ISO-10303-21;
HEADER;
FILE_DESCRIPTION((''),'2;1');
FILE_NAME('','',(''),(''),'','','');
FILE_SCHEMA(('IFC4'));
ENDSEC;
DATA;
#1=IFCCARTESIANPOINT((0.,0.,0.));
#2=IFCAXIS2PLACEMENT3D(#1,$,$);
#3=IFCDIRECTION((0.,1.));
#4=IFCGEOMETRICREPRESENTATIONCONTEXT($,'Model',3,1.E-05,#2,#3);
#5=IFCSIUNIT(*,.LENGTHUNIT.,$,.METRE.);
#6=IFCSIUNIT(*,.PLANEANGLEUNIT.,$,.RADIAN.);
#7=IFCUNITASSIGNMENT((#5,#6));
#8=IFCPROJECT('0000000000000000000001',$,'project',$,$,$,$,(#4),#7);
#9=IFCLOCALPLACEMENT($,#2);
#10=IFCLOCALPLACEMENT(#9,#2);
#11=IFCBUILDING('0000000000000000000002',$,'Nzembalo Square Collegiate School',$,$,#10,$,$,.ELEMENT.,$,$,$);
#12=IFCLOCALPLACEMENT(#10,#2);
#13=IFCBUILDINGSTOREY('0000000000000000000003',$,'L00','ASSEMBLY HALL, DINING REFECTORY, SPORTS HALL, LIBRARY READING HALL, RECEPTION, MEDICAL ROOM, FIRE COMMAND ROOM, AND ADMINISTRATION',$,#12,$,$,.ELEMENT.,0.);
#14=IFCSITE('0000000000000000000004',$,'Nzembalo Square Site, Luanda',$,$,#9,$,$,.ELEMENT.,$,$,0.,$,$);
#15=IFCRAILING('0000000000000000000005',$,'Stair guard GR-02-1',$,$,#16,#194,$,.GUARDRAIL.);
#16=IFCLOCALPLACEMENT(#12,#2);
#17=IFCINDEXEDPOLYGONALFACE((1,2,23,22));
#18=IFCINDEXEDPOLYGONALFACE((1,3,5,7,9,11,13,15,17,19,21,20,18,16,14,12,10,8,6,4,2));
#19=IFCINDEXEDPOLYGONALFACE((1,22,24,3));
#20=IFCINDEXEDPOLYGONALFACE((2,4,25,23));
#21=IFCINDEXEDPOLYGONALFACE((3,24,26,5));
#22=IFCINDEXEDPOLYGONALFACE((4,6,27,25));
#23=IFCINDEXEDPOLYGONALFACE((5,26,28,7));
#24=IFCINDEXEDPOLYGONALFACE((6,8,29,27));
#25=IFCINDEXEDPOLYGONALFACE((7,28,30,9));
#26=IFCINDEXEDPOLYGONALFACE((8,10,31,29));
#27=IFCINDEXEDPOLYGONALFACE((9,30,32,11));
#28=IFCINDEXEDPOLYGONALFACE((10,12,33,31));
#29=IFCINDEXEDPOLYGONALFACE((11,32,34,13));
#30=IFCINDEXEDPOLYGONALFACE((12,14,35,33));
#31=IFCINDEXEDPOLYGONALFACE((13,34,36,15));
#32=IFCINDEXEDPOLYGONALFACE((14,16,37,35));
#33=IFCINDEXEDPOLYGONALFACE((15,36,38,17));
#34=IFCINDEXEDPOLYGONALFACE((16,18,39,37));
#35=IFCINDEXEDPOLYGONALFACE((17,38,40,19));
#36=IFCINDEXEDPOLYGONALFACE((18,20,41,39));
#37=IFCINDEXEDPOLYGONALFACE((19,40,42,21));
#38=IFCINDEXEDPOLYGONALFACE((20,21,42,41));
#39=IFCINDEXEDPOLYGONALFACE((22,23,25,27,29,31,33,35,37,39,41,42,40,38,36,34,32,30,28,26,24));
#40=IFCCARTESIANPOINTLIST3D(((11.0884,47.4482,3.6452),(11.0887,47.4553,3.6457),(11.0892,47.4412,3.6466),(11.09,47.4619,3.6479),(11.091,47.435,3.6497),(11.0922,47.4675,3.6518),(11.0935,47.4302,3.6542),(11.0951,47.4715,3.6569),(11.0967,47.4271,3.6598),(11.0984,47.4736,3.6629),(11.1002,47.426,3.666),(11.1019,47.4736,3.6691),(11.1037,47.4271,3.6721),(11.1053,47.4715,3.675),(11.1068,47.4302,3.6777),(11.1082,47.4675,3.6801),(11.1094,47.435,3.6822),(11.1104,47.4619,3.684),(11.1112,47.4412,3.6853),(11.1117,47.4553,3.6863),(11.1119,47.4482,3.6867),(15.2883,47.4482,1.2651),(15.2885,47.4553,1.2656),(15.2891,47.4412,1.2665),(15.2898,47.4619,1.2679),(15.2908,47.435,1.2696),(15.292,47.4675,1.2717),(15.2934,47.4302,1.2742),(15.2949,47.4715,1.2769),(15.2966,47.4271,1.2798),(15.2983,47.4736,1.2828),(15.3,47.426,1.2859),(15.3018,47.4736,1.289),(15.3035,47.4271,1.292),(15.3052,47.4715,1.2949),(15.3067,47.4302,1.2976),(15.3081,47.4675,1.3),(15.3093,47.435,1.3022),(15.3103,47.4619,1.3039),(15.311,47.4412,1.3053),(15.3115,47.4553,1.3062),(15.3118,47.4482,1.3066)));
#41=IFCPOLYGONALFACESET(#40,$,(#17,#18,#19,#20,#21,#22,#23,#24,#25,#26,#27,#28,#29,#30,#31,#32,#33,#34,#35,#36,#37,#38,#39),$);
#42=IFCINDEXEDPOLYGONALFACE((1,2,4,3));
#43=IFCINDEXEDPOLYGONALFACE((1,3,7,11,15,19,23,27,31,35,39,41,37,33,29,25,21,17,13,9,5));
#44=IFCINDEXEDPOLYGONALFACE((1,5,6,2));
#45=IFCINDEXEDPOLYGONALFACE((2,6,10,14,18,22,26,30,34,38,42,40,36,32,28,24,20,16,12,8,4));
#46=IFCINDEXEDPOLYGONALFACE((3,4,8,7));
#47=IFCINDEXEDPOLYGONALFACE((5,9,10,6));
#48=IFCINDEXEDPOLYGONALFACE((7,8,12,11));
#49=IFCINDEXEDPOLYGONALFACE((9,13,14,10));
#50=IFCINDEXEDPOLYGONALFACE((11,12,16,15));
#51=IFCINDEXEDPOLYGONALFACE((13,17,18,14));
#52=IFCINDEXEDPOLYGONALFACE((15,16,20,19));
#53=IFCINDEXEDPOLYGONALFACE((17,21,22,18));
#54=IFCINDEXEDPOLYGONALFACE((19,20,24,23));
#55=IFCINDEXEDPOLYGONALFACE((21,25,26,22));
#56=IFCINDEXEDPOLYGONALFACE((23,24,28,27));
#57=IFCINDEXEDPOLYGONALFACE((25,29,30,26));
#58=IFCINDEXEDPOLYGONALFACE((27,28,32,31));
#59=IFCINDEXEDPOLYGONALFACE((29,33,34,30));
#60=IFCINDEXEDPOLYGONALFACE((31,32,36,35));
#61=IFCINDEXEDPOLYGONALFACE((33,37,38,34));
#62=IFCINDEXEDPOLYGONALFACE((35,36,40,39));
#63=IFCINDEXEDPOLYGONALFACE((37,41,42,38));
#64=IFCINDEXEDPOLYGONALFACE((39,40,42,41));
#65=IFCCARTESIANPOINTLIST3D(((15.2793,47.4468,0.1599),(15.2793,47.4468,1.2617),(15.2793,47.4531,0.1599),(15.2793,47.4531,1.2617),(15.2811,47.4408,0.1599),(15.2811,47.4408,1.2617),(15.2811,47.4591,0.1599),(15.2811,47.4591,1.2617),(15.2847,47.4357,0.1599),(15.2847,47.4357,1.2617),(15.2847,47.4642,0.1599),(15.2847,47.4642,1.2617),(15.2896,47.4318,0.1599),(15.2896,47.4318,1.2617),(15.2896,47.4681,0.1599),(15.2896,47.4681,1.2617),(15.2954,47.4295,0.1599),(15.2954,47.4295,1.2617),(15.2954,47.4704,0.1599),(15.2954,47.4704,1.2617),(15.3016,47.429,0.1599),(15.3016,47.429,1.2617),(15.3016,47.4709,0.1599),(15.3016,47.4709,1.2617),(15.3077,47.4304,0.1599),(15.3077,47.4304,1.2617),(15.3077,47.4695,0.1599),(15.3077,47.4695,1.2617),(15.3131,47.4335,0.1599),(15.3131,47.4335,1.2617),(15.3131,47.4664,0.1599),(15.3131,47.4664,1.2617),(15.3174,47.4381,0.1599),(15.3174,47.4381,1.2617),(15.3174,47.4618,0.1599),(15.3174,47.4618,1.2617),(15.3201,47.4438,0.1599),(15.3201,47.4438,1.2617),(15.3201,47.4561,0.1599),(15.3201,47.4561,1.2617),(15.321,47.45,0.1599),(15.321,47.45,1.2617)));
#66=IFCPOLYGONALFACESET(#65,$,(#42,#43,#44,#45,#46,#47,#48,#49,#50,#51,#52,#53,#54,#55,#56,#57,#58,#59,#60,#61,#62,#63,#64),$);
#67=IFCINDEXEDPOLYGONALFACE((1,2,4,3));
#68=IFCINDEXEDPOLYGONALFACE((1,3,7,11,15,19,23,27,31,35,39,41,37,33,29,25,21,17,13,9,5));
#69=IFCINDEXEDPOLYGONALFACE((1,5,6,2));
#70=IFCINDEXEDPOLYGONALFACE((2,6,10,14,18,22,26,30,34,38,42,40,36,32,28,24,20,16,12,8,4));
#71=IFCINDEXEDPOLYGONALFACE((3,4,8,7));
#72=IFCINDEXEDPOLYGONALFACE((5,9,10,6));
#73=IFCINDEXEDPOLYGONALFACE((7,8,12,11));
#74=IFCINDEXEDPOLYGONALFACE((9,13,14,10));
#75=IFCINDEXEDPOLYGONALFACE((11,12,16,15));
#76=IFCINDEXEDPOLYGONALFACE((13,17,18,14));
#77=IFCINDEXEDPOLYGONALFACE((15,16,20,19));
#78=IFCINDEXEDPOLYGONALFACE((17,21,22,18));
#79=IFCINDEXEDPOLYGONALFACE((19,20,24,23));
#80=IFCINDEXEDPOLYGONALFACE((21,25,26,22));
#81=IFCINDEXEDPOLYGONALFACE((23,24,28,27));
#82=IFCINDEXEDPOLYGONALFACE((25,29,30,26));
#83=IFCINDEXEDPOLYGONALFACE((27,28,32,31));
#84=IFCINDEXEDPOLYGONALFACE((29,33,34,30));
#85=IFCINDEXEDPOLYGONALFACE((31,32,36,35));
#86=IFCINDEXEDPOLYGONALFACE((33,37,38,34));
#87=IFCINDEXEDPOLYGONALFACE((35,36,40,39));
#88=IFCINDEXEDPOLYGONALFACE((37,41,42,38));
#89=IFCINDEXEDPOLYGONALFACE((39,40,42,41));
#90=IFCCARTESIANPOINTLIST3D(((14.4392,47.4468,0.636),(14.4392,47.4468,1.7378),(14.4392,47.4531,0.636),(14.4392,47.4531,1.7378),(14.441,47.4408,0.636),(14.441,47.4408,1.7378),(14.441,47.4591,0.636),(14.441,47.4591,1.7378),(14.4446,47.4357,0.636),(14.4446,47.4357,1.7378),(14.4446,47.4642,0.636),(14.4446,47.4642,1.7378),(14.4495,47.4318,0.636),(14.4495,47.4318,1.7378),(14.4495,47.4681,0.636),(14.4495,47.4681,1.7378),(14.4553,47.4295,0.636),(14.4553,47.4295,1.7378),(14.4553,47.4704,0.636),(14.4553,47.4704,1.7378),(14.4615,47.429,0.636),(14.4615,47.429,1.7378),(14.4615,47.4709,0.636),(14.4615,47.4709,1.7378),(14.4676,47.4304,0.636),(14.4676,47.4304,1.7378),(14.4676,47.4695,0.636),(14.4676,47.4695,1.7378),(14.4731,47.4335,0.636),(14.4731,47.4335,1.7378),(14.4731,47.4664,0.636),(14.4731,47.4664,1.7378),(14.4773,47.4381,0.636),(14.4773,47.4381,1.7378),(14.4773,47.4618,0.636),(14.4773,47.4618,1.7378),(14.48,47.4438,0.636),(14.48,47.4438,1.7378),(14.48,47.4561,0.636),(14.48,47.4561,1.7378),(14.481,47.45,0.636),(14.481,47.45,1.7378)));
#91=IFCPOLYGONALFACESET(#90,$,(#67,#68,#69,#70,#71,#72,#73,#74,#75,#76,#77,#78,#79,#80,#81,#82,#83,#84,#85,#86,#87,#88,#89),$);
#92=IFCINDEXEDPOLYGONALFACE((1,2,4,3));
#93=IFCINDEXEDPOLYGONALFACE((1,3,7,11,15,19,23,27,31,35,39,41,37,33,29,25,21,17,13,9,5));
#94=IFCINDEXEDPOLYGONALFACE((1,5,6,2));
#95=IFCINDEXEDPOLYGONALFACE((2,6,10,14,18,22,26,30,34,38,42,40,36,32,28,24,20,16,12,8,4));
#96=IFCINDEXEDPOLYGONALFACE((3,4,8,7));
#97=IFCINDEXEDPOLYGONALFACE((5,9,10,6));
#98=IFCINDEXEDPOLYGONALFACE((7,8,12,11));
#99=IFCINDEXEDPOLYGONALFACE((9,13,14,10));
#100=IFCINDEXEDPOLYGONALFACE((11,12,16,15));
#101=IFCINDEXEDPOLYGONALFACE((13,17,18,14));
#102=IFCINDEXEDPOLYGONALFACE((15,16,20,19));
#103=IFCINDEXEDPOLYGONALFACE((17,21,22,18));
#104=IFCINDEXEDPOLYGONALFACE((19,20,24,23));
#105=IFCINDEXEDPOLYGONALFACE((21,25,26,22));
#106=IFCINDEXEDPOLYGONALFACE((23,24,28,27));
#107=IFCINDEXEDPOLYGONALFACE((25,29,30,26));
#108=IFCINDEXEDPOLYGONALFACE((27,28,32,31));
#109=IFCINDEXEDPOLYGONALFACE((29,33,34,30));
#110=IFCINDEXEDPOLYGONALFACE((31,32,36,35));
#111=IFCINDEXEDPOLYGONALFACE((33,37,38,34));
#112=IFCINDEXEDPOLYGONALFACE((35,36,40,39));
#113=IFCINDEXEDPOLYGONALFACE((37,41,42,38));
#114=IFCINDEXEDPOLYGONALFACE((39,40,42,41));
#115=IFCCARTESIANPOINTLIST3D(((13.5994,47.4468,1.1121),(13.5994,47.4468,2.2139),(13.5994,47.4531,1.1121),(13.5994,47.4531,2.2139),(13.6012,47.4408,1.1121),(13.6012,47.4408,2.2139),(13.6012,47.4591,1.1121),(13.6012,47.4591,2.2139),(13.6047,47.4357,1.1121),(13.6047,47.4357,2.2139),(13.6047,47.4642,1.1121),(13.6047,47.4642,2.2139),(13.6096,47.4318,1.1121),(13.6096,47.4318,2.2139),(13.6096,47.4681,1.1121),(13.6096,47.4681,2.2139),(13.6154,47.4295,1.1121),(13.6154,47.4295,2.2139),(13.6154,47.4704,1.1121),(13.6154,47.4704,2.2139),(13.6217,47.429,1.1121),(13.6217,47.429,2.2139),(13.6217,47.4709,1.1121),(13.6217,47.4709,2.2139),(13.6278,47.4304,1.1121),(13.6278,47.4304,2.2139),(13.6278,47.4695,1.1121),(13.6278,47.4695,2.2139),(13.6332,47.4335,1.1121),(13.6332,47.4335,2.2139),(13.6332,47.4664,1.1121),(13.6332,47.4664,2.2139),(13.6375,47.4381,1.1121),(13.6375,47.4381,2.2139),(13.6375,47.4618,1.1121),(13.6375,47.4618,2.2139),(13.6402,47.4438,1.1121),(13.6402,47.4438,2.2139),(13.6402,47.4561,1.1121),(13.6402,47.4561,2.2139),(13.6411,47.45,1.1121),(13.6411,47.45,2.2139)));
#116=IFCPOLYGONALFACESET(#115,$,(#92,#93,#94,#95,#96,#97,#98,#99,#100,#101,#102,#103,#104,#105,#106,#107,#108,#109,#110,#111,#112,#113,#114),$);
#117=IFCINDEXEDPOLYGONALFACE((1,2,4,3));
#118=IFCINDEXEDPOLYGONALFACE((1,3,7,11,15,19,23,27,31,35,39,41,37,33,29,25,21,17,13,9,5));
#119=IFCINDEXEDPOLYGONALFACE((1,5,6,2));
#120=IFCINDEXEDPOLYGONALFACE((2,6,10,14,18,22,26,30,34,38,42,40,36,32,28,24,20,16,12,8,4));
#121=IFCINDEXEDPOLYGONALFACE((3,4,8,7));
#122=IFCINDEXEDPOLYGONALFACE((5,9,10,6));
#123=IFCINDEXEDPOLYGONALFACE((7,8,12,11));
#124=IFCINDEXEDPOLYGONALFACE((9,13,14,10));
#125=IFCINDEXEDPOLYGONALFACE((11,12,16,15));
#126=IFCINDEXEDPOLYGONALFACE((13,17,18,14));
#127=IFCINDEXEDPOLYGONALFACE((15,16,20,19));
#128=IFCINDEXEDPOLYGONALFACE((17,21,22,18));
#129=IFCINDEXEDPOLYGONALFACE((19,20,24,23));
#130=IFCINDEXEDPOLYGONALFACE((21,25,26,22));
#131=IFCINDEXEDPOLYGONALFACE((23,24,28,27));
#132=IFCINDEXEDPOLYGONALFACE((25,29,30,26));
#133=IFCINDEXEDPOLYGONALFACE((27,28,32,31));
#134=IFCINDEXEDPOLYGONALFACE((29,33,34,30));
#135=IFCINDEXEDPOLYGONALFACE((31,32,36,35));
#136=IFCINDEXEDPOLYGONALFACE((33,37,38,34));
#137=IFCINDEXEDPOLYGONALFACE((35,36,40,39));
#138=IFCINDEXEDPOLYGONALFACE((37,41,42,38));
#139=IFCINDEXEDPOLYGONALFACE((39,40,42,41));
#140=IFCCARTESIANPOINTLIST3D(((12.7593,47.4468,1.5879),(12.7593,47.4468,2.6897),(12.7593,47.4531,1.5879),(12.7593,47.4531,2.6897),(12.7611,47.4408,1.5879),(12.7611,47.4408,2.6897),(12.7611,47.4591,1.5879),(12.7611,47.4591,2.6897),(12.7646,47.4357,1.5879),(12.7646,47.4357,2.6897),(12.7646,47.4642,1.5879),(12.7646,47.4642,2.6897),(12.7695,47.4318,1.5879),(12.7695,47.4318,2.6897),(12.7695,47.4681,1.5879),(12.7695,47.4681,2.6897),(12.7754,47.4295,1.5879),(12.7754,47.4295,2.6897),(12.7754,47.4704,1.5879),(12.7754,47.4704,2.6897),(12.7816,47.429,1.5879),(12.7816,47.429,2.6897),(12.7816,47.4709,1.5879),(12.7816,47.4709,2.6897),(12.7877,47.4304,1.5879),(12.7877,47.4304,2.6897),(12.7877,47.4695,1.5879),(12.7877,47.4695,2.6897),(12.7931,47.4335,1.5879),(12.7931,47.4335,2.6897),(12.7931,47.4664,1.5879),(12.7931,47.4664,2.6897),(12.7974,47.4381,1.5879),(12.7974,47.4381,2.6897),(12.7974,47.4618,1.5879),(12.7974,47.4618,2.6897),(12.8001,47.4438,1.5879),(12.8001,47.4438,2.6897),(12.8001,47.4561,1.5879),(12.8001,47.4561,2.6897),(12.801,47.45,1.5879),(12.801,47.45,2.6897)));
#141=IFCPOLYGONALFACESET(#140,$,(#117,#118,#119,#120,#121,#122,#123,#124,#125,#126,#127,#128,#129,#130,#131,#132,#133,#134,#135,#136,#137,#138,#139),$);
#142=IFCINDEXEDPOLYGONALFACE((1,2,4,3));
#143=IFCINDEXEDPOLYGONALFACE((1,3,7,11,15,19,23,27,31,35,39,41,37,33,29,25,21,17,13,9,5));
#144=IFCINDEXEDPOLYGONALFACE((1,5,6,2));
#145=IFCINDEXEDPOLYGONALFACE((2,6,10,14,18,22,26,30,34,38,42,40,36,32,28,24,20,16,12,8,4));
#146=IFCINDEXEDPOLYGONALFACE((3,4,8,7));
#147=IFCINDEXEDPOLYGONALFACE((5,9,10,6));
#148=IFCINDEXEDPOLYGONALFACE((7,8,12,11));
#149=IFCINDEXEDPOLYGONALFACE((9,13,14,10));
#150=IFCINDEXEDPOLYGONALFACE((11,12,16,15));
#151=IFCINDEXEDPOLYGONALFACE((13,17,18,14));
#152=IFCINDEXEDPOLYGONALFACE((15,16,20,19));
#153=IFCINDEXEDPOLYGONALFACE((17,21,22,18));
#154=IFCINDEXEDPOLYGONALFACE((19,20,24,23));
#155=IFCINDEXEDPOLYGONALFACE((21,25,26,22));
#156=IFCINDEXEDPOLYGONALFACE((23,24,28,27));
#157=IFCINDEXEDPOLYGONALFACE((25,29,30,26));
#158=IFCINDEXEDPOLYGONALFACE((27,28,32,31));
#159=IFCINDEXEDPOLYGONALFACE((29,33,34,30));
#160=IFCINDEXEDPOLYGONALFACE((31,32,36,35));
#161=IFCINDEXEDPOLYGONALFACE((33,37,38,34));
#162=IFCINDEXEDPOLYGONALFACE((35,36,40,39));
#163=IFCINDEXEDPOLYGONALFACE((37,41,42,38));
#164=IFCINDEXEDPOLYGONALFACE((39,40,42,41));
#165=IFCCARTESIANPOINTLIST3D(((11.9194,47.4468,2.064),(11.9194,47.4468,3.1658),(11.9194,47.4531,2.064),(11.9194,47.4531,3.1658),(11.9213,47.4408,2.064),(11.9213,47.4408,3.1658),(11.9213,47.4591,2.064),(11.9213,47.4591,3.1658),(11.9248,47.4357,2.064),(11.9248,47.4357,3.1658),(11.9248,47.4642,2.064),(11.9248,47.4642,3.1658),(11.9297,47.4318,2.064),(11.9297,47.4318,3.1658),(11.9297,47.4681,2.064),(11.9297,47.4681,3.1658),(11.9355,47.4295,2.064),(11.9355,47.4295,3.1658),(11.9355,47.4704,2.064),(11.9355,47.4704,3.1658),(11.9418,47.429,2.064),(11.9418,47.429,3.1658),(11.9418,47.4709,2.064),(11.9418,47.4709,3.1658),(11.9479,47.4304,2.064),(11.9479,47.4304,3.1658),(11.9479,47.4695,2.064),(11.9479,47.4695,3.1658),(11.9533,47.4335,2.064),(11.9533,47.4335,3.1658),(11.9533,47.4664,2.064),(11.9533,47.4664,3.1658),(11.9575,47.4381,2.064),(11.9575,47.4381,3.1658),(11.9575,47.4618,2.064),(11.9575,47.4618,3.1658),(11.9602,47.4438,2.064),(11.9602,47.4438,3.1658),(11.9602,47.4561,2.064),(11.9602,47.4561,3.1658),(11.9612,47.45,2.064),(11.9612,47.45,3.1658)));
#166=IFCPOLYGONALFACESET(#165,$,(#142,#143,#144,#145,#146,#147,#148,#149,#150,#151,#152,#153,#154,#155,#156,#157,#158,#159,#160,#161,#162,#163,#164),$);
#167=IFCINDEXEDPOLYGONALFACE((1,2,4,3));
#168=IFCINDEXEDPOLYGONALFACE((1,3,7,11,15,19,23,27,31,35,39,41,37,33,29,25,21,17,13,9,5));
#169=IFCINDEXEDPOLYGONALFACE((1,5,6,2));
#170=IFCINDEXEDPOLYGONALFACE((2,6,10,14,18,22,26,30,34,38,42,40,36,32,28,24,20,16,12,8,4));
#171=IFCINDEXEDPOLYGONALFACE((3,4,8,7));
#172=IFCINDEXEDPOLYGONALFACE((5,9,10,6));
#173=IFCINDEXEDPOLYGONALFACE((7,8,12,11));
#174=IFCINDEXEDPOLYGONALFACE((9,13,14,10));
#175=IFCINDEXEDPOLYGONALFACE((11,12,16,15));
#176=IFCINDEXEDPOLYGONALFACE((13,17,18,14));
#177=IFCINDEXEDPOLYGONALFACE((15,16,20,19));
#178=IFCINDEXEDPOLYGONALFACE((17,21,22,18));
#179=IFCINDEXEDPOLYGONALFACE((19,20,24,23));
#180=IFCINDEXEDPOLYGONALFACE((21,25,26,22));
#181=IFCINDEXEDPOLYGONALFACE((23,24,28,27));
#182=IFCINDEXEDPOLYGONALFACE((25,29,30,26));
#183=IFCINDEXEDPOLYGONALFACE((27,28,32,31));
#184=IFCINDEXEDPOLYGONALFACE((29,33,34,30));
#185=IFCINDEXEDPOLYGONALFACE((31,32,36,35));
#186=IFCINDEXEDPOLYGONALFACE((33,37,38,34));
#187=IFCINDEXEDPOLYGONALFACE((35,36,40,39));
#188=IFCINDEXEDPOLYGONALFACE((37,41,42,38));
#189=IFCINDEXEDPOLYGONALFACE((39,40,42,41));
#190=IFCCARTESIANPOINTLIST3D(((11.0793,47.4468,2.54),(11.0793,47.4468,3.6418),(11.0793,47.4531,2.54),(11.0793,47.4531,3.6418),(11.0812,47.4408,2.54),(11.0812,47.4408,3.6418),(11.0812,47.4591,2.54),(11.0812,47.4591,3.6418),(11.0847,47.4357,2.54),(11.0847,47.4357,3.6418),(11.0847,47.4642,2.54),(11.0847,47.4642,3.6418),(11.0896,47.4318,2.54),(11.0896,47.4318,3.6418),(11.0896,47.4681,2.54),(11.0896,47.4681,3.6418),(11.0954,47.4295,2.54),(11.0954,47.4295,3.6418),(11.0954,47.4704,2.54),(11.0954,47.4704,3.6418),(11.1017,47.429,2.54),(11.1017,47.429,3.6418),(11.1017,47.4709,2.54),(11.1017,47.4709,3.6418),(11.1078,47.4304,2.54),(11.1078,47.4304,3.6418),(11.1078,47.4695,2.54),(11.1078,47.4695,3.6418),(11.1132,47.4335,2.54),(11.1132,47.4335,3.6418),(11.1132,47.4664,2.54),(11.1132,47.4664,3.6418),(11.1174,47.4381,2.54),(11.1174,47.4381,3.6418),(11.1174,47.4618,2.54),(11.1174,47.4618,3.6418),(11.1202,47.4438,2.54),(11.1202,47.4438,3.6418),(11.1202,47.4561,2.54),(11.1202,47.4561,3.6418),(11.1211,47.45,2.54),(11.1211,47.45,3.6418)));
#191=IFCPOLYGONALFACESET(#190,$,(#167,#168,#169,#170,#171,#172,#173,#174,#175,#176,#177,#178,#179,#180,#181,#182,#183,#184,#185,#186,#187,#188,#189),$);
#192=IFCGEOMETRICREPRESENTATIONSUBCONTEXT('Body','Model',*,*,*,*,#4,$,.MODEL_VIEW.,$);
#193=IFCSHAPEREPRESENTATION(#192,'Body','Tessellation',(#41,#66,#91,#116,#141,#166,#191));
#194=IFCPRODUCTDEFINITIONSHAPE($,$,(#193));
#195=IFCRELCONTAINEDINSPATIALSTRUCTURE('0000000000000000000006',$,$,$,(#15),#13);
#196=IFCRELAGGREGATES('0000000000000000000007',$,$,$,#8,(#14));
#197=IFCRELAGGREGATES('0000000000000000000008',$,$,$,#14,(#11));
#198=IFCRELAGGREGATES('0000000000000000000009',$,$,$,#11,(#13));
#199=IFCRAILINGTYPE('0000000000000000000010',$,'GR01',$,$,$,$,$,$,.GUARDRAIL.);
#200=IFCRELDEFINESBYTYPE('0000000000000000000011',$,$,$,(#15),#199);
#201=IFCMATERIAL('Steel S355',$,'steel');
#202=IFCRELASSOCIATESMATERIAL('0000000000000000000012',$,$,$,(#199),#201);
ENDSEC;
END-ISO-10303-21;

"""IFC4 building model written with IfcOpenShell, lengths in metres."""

from ifc_helpers import new_model, si_unit, direction, frame, origin, origin_2d, place, context, subcontext, project, spatial, circle, extrude, material, type_object, element, save


model = new_model("IFC4")

# Units and contexts
model_context = context("Model", 3, precision=1e-05, world=origin(), true_north=direction((0.0, 1.0)))
body_context = subcontext(model_context, "Body", "Model", "MODEL_VIEW")
ifc_project = project(units=[si_unit("LENGTHUNIT", "METRE"), si_unit("PLANEANGLEUNIT", "RADIAN")], contexts=[model_context])

# Site, building, storey
site_placement = place(None, origin())
site = spatial("IfcSite", under=ifc_project, at=site_placement, Name="Nzembalo Square Site, Luanda", CompositionType="ELEMENT", RefElevation=0.0)
building_placement = place(site_placement, origin())
building = spatial("IfcBuilding", under=site, at=building_placement, Name="Nzembalo Square Collegiate School", CompositionType="ELEMENT")
storey_placement = place(building_placement, origin())
storey = spatial("IfcBuildingStorey", under=building, at=storey_placement, Name="L00", Description="ASSEMBLY HALL, DINING REFECTORY, SPORTS HALL, LIBRARY READING HALL, RECEPTION, MEDICAL ROOM, FIRE COMMAND ROOM, AND ADMINISTRATION", CompositionType="ELEMENT", Elevation=0.0)

# Railing
ifc_material_1 = material(Name="Steel S355", Category="steel")
railing_type_1 = type_object("IfcRailingType", Name="GR01", PredefinedType="GUARDRAIL", material=ifc_material_1)
railing_1_placement = place(storey_placement, frame((15.3, 47.45, 0.1599)))
element("IfcRailing", 1, at=railing_1_placement, inside=storey, type_object=railing_type_1, Name="Stair guard GR-02-1", PredefinedType="GUARDRAIL", context=body_context, shape_type="SweptSolid", body=[
    extrude(circle(Radius=0.0239, at=origin_2d()), frame((0.0, 0.0, 1.126), z_axis=(-0.870008, 0.0, 0.493037), x_axis=(0.0, -1.0, 0.0)), (0.0, 0.0, 1.0), 4.8274),
    extrude(circle(Radius=0.021, at=origin_2d()), origin(), (0.0, 0.0, 1.0), 1.1018),
    extrude(circle(Radius=0.021, at=origin_2d()), frame((-0.8401, 0.0, 0.4761)), (0.0, 0.0, 1.0), 1.1018),
    extrude(circle(Radius=0.021, at=origin_2d()), frame((-1.6799, 0.0, 0.9521)), (0.0, 0.0, 1.0), 1.1018),
    extrude(circle(Radius=0.021, at=origin_2d()), frame((-2.52, 0.0, 1.428)), (0.0, 0.0, 1.0), 1.1018),
    extrude(circle(Radius=0.021, at=origin_2d()), frame((-3.3599, 0.0, 1.9041)), (0.0, 0.0, 1.0), 1.1018),
    extrude(circle(Radius=0.021, at=origin_2d()), frame((-4.2, 0.0, 2.3801)), (0.0, 0.0, 1.0), 1.1018),
])

save(model, "model.ifc")
